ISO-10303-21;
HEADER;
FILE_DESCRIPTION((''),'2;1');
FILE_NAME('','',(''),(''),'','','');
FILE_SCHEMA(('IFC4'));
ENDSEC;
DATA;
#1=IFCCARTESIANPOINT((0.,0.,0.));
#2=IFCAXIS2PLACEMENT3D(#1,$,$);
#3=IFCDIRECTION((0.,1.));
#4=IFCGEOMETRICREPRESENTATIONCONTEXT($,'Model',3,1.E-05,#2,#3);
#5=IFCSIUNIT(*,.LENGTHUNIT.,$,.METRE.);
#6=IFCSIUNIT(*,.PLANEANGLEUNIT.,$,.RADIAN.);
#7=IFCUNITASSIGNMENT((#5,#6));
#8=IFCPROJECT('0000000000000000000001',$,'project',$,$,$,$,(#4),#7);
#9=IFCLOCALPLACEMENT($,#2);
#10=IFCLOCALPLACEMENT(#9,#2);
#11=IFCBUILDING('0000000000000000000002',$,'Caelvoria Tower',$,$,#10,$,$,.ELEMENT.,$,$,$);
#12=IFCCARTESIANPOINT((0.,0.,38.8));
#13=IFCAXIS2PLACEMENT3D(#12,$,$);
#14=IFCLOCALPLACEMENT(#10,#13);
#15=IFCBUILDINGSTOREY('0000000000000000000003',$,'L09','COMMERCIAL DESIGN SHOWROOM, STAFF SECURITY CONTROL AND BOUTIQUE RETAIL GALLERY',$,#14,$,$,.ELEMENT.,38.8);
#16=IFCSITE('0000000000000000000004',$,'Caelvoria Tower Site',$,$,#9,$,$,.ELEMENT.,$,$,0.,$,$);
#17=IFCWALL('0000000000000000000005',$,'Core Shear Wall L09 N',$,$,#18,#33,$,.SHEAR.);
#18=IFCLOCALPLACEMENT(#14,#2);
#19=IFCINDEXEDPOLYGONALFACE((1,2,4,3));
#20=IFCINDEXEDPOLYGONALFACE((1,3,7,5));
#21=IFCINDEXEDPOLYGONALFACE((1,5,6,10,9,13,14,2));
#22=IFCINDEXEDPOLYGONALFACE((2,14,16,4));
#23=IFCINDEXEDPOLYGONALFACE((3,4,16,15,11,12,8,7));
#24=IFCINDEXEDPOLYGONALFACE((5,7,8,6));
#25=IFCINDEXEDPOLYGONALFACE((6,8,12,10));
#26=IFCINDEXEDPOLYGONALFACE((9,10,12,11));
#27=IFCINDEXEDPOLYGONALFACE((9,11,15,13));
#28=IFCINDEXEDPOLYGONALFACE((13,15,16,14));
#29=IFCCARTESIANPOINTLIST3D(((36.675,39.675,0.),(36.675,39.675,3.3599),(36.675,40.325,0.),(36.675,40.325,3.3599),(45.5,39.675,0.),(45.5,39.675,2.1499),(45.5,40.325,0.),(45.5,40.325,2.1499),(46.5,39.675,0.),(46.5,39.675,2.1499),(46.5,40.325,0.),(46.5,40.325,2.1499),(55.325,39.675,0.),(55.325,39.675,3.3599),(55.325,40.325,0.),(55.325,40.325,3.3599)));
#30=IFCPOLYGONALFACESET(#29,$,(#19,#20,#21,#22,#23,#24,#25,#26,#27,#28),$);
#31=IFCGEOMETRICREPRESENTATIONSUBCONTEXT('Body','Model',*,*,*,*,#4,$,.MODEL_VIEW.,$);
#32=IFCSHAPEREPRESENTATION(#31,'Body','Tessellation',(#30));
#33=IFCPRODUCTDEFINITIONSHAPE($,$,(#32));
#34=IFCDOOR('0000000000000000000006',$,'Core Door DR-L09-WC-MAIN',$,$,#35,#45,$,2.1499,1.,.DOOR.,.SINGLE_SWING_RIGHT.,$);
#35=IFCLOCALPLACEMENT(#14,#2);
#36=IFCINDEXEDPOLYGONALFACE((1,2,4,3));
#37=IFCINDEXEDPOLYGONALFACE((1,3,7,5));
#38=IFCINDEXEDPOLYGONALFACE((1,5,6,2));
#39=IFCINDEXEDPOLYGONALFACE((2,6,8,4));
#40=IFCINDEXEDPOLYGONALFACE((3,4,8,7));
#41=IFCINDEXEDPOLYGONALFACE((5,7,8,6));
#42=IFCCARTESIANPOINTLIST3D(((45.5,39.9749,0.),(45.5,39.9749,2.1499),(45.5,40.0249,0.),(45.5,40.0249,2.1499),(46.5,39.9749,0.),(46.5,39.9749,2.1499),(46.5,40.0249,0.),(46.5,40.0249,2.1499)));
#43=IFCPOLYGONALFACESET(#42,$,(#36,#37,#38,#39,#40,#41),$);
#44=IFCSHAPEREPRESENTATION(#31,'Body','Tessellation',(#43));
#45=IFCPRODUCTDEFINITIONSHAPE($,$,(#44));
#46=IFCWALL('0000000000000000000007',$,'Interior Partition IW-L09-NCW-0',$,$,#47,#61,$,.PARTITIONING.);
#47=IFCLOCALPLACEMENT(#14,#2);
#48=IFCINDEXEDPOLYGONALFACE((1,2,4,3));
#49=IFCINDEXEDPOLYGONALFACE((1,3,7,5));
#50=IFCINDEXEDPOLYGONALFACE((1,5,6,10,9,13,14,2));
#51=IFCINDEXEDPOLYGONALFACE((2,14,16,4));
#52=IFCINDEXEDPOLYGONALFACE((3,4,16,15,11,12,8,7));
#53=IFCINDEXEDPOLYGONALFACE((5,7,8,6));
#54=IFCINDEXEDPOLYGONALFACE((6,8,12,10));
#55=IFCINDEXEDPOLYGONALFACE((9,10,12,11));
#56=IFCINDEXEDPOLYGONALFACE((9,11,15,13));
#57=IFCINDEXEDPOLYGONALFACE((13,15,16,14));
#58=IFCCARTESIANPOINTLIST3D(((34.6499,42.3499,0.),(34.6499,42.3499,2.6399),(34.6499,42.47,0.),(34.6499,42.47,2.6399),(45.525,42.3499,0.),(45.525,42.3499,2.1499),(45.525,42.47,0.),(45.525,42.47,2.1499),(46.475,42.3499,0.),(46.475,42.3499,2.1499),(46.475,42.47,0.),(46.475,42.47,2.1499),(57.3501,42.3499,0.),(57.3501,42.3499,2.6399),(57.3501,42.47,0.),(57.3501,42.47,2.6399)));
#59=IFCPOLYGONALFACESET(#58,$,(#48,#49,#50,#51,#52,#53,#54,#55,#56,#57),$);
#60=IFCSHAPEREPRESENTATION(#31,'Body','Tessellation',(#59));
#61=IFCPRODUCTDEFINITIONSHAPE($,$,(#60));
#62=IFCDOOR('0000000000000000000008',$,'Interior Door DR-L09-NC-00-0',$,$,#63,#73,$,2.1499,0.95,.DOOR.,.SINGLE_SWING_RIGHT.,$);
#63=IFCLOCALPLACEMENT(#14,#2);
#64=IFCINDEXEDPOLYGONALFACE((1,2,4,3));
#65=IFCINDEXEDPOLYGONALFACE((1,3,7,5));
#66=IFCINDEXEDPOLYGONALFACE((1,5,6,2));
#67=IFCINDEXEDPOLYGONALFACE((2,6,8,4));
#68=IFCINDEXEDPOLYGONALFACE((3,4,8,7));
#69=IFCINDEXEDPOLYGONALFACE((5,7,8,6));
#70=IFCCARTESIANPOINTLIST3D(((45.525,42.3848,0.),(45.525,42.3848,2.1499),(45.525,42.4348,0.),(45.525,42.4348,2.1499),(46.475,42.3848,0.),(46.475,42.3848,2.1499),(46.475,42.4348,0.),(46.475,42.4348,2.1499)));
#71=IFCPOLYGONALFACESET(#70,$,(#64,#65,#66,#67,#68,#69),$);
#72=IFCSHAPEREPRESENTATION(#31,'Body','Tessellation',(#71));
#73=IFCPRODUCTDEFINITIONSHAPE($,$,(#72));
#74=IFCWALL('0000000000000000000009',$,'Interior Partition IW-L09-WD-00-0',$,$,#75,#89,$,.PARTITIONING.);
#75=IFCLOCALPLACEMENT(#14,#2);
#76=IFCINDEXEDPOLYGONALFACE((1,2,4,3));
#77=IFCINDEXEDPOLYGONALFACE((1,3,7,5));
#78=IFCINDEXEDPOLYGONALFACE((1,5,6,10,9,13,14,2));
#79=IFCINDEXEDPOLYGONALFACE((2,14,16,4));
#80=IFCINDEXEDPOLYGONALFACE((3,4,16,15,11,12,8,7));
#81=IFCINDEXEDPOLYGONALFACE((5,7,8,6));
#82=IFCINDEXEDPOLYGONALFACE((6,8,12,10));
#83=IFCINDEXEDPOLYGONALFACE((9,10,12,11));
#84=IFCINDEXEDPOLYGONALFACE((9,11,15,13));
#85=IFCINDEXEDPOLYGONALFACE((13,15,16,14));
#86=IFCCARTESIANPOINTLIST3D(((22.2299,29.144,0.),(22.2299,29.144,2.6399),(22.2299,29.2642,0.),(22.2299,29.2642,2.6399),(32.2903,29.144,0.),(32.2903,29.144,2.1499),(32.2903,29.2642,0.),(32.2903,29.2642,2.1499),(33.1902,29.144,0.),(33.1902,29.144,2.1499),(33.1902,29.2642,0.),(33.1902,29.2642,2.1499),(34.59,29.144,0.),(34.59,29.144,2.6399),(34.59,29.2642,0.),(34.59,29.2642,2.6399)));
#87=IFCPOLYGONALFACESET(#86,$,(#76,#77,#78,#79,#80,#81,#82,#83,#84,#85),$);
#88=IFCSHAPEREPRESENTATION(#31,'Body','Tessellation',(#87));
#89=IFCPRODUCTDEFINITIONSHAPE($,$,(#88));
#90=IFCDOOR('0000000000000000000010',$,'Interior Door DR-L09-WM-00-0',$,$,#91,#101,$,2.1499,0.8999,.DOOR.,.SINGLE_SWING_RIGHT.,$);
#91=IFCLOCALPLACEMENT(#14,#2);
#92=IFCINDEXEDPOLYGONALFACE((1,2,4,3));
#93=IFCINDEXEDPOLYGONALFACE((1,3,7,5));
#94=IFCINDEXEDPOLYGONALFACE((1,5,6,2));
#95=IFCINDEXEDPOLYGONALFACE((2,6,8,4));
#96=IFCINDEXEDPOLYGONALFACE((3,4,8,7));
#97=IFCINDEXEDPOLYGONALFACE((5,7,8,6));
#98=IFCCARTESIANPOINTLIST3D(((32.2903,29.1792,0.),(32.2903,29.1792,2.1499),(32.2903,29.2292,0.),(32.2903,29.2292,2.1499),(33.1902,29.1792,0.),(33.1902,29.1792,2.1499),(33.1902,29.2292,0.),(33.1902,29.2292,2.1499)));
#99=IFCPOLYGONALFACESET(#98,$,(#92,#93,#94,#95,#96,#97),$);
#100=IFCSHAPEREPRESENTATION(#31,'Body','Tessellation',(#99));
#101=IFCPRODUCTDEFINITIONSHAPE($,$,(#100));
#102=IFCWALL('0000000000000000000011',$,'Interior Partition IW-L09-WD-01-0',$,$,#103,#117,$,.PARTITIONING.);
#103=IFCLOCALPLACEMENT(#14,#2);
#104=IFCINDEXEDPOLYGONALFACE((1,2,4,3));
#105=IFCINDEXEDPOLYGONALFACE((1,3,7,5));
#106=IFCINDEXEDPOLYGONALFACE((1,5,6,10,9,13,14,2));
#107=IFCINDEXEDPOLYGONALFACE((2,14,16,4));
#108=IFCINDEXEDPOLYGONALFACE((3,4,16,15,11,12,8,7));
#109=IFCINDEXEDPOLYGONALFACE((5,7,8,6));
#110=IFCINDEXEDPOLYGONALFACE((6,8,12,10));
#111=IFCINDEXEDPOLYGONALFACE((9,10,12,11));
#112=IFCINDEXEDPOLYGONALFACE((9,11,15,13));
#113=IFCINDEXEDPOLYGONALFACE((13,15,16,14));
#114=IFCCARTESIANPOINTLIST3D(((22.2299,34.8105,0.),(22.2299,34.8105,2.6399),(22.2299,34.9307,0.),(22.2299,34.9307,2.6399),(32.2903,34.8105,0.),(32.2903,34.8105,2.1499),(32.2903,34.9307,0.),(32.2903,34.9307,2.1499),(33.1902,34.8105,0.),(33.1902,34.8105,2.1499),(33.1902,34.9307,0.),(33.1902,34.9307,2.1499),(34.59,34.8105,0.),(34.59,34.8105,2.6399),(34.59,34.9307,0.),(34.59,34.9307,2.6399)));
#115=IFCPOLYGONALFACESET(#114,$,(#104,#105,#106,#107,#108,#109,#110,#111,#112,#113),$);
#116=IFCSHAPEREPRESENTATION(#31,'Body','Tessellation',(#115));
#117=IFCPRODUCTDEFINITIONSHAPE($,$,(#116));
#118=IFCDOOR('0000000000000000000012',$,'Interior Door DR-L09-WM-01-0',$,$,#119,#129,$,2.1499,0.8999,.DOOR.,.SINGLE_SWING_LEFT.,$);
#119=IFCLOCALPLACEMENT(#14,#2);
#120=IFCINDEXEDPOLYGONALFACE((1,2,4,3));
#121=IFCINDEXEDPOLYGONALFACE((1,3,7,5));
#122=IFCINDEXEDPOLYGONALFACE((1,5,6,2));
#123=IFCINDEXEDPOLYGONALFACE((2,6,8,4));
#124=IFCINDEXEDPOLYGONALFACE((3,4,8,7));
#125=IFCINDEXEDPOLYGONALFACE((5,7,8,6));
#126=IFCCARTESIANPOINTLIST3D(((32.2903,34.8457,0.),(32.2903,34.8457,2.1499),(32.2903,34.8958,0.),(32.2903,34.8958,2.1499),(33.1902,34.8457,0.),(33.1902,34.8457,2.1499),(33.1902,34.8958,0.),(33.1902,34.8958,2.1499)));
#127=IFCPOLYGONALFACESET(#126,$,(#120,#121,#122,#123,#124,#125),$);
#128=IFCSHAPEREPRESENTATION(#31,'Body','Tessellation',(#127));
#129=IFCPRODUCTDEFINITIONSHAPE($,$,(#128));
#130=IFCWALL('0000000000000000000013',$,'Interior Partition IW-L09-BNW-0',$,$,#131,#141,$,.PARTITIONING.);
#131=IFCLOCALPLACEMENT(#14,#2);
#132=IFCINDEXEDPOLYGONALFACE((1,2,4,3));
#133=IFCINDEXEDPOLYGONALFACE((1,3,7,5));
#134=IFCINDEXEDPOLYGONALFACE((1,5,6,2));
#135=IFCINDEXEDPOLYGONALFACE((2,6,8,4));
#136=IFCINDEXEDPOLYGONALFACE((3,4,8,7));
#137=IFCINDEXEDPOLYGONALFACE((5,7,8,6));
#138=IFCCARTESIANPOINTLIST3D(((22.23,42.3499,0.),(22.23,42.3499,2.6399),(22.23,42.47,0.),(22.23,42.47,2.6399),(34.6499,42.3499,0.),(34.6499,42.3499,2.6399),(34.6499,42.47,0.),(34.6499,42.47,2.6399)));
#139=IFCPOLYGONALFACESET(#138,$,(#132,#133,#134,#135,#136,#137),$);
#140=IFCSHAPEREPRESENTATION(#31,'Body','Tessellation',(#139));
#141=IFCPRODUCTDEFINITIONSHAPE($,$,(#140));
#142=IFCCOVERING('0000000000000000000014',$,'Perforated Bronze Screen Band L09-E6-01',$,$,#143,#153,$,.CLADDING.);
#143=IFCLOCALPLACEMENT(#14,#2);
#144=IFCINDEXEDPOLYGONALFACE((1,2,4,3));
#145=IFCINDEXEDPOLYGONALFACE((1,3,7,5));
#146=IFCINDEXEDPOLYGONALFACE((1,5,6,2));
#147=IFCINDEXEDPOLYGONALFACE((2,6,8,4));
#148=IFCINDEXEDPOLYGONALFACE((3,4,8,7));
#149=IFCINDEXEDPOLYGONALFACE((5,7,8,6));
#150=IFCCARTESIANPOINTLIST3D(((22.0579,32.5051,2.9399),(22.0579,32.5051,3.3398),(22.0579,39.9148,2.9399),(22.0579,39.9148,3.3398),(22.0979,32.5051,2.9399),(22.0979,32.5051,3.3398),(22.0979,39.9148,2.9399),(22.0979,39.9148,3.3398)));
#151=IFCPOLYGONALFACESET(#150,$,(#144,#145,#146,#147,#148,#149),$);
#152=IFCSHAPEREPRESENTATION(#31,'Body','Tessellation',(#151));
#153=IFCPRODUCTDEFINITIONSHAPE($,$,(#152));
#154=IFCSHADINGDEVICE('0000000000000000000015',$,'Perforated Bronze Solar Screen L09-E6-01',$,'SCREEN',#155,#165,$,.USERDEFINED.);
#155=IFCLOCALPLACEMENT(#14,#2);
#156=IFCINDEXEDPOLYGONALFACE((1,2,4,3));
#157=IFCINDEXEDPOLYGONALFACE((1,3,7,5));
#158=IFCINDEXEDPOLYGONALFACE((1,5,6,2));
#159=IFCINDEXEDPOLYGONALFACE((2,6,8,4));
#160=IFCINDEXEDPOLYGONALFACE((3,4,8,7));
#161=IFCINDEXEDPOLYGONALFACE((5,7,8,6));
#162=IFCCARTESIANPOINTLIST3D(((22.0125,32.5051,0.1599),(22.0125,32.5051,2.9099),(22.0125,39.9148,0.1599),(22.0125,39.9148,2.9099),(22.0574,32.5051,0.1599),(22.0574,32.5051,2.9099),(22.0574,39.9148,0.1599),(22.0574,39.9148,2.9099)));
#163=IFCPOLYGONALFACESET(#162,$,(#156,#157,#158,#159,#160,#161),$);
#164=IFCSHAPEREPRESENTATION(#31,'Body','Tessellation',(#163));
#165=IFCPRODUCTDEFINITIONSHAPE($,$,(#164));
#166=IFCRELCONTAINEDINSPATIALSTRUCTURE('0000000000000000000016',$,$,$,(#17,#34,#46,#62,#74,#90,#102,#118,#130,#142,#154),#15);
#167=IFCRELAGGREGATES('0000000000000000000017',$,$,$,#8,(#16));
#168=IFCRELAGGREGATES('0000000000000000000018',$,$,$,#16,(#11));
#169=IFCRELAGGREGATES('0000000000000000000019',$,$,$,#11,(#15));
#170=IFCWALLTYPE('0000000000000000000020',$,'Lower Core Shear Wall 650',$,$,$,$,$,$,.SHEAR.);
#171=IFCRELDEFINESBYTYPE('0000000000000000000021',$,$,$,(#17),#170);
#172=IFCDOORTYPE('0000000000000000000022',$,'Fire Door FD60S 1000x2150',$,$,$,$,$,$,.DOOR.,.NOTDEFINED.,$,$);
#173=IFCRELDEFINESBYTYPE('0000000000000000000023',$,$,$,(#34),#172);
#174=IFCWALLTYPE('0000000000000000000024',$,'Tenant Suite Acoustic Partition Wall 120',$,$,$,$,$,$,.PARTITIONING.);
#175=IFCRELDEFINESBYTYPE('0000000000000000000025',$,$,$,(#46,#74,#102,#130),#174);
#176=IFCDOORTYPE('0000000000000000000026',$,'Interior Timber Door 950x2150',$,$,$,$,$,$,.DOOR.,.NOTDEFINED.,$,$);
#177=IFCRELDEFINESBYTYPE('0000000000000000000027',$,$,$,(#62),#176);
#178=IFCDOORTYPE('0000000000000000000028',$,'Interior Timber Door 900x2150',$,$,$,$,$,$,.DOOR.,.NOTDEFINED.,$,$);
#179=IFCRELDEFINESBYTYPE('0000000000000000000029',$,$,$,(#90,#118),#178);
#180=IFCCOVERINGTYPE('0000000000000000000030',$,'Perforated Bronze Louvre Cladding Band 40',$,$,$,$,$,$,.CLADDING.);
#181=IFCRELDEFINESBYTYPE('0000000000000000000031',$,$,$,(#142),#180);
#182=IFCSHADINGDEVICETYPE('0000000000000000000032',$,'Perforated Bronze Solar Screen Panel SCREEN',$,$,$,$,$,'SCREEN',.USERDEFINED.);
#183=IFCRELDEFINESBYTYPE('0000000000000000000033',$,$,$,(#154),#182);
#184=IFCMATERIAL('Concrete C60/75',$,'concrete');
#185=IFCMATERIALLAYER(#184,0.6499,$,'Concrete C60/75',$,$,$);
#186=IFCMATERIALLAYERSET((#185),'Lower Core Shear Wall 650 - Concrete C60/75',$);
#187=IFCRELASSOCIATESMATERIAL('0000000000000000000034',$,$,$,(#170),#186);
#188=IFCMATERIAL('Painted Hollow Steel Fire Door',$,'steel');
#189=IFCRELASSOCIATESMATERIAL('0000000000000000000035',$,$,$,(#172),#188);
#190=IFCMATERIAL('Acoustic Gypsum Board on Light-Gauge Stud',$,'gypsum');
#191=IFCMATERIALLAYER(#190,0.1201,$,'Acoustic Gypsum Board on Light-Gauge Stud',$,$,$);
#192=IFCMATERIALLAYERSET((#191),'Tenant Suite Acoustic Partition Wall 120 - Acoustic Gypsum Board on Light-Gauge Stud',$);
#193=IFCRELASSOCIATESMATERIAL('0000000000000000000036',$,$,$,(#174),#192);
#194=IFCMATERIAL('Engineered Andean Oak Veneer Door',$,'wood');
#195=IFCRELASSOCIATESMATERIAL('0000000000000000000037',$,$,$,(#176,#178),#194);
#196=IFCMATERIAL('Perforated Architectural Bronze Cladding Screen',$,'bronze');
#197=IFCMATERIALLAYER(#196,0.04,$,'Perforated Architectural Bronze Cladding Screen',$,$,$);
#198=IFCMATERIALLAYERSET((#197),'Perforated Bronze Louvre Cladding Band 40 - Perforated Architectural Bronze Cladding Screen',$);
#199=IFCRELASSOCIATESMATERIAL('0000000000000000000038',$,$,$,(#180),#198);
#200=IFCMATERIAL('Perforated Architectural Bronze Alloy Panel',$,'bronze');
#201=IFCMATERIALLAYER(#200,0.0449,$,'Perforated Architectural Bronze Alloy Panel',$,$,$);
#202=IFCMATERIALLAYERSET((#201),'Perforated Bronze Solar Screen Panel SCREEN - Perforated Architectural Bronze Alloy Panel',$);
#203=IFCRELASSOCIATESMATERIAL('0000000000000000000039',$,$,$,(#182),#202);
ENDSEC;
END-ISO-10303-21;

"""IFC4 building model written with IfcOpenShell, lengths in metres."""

from ifc_helpers import new_model, si_unit, direction, frame, frame_2d, origin, origin_2d, place, context, subcontext, project, spatial, rectangle, extrude, material, layer, layer_set, type_object, element, fill, save


model = new_model("IFC4")

# Units and contexts
model_context = context("Model", 3, precision=1e-05, world=origin(), true_north=direction((0.0, 1.0)))
body_context = subcontext(model_context, "Body", "Model", "MODEL_VIEW")
ifc_project = project(units=[si_unit("LENGTHUNIT", "METRE"), si_unit("PLANEANGLEUNIT", "RADIAN")], contexts=[model_context])

# Site, building, storey
site_placement = place(None, origin())
site = spatial("IfcSite", under=ifc_project, at=site_placement, Name="Caelvoria Tower Site", CompositionType="ELEMENT", RefElevation=0.0)
building_placement = place(site_placement, origin())
building = spatial("IfcBuilding", under=site, at=building_placement, Name="Caelvoria Tower", CompositionType="ELEMENT")
storey_placement = place(building_placement, frame((0.0, 0.0, 38.8)))
storey = spatial("IfcBuildingStorey", under=building, at=storey_placement, Name="L09", Description="COMMERCIAL DESIGN SHOWROOM, STAFF SECURITY CONTROL AND BOUTIQUE RETAIL GALLERY", CompositionType="ELEMENT", Elevation=38.8)

# Walls, openings, doors
ifc_material_1 = material(Name="Concrete C60/75", Category="concrete")
ifc_layer_1 = layer(ifc_material_1, 0.6499, Name="Concrete C60/75")
ifc_layer_set_1 = layer_set([ifc_layer_1], Name="Lower Core Shear Wall 650 - Concrete C60/75")
wall_type_1 = type_object("IfcWallType", Name="Lower Core Shear Wall 650", PredefinedType="SHEAR", material=ifc_layer_set_1)
wall_1_placement = place(storey_placement, frame((36.675, 40.0, 0.0), z_axis=(0.0, 0.0, 1.0), x_axis=(1.0, 0.0, 0.0)))
wall_1 = element("IfcWall", 1, at=wall_1_placement, inside=storey, type_object=wall_type_1, Name="Core Shear Wall L09 N", PredefinedType="SHEAR", context=body_context, shape_type="SweptSolid", body=[
    extrude(rectangle(XDim=18.6499, YDim=0.6499, at=frame_2d((9.325, 0.0))), origin(), (0.0, 0.0, 1.0), 3.3599),
])
opening_1_placement = place(wall_1_placement, frame((8.825, 0.0, 0.0)))
opening_1 = element("IfcOpeningElement", 2, at=opening_1_placement, cuts=wall_1, PredefinedType="OPENING", context=body_context, shape_type="SweptSolid", body=[
    extrude(rectangle(XDim=1.0, YDim=2.1499, at=frame_2d((0.5, 1.075))), frame((0.0, 0.335, 0.0), z_axis=(0.0, -1.0, 0.0), x_axis=(1.0, 0.0, 0.0)), (0.0, 0.0, 1.0), 0.6699),
])
ifc_material_2 = material(Name="Painted Hollow Steel Fire Door", Category="steel")
door_type_1 = type_object("IfcDoorType", Name="Fire Door FD60S 1000x2150", OperationType="NOTDEFINED", PredefinedType="DOOR", material=ifc_material_2)
door_1_placement = place(opening_1_placement, origin())
door_1 = element("IfcDoor", 3, at=door_1_placement, inside=storey, type_object=door_type_1, Name="Core Door DR-L09-WC-MAIN", OperationType="SINGLE_SWING_RIGHT", OverallHeight=2.1499, OverallWidth=1.0, PredefinedType="DOOR", context=body_context, shape_type="SweptSolid", body=[
    extrude(rectangle(XDim=1.0, YDim=2.1499, at=frame_2d((0.5, 1.075))), frame((0.0, 0.0249, 0.0), z_axis=(0.0, -1.0, 0.0), x_axis=(1.0, 0.0, 0.0)), (0.0, 0.0, 1.0), 0.05),
])
fill(opening_1, door_1)
ifc_material_3 = material(Name="Acoustic Gypsum Board on Light-Gauge Stud", Category="gypsum")
ifc_layer_2 = layer(ifc_material_3, 0.1201, Name="Acoustic Gypsum Board on Light-Gauge Stud")
ifc_layer_set_2 = layer_set([ifc_layer_2], Name="Tenant Suite Acoustic Partition Wall 120 - Acoustic Gypsum Board on Light-Gauge Stud")
wall_type_2 = type_object("IfcWallType", Name="Tenant Suite Acoustic Partition Wall 120", PredefinedType="PARTITIONING", material=ifc_layer_set_2)
wall_2_placement = place(storey_placement, frame((34.6499, 42.4099, 0.0), z_axis=(0.0, 0.0, 1.0), x_axis=(1.0, 0.0, 0.0)))
wall_2 = element("IfcWall", 4, at=wall_2_placement, inside=storey, type_object=wall_type_2, Name="Interior Partition IW-L09-NCW-0", PredefinedType="PARTITIONING", context=body_context, shape_type="SweptSolid", body=[
    extrude(rectangle(XDim=22.7002, YDim=0.1201, at=frame_2d((11.3501, 0.0))), origin(), (0.0, 0.0, 1.0), 2.6399),
])
opening_2_placement = place(wall_2_placement, frame((10.875, 0.0, 0.0)))
opening_2 = element("IfcOpeningElement", 5, at=opening_2_placement, cuts=wall_2, PredefinedType="OPENING", context=body_context, shape_type="SweptSolid", body=[
    extrude(rectangle(XDim=0.95, YDim=2.1499, at=frame_2d((0.4751, 1.075))), frame((0.0, 0.0701, 0.0), z_axis=(0.0, -1.0, 0.0), x_axis=(1.0, 0.0, 0.0)), (0.0, 0.0, 1.0), 0.1401),
])
ifc_material_4 = material(Name="Engineered Andean Oak Veneer Door", Category="wood")
door_type_2 = type_object("IfcDoorType", Name="Interior Timber Door 950x2150", OperationType="NOTDEFINED", PredefinedType="DOOR", material=ifc_material_4)
door_2_placement = place(opening_2_placement, origin())
door_2 = element("IfcDoor", 6, at=door_2_placement, inside=storey, type_object=door_type_2, Name="Interior Door DR-L09-NC-00-0", OperationType="SINGLE_SWING_RIGHT", OverallHeight=2.1499, OverallWidth=0.95, PredefinedType="DOOR", context=body_context, shape_type="SweptSolid", body=[
    extrude(rectangle(XDim=0.95, YDim=2.1499, at=frame_2d((0.4751, 1.075))), frame((0.0, 0.0249, 0.0), z_axis=(0.0, -1.0, 0.0), x_axis=(1.0, 0.0, 0.0)), (0.0, 0.0, 1.0), 0.05),
])
fill(opening_2, door_2)
wall_3_placement = place(storey_placement, frame((34.5901, 29.2041, 0.0), z_axis=(0.0, 0.0, 1.0), x_axis=(-1.0, 0.0, 0.0)))
wall_3 = element("IfcWall", 7, at=wall_3_placement, inside=storey, type_object=wall_type_2, Name="Interior Partition IW-L09-WD-00-0", PredefinedType="PARTITIONING", context=body_context, shape_type="SweptSolid", body=[
    extrude(rectangle(XDim=12.3601, YDim=0.1201, at=frame_2d((6.1802, 0.0))), origin(), (0.0, 0.0, 1.0), 2.6399),
])
opening_3_placement = place(wall_3_placement, frame((1.3999, 0.0, 0.0)))
opening_3 = element("IfcOpeningElement", 8, at=opening_3_placement, cuts=wall_3, PredefinedType="OPENING", context=body_context, shape_type="SweptSolid", body=[
    extrude(rectangle(XDim=0.8999, YDim=2.1499, at=frame_2d((0.45, 1.075))), frame((0.0, 0.0701, 0.0), z_axis=(0.0, -1.0, 0.0), x_axis=(1.0, 0.0, 0.0)), (0.0, 0.0, 1.0), 0.1401),
])
door_type_3 = type_object("IfcDoorType", Name="Interior Timber Door 900x2150", OperationType="NOTDEFINED", PredefinedType="DOOR", material=ifc_material_4)
door_3_placement = place(opening_3_placement, origin())
door_3 = element("IfcDoor", 9, at=door_3_placement, inside=storey, type_object=door_type_3, Name="Interior Door DR-L09-WM-00-0", OperationType="SINGLE_SWING_RIGHT", OverallHeight=2.1499, OverallWidth=0.8999, PredefinedType="DOOR", context=body_context, shape_type="SweptSolid", body=[
    extrude(rectangle(XDim=0.8999, YDim=2.1499, at=frame_2d((0.45, 1.075))), frame((0.0, 0.0249, 0.0), z_axis=(0.0, -1.0, 0.0), x_axis=(1.0, 0.0, 0.0)), (0.0, 0.0, 1.0), 0.05),
])
fill(opening_3, door_3)
wall_4_placement = place(storey_placement, frame((34.5901, 34.8706, 0.0), z_axis=(0.0, 0.0, 1.0), x_axis=(-1.0, 0.0, 0.0)))
wall_4 = element("IfcWall", 10, at=wall_4_placement, inside=storey, type_object=wall_type_2, Name="Interior Partition IW-L09-WD-01-0", PredefinedType="PARTITIONING", context=body_context, shape_type="SweptSolid", body=[
    extrude(rectangle(XDim=12.3601, YDim=0.1201, at=frame_2d((6.1802, 0.0))), origin(), (0.0, 0.0, 1.0), 2.6399),
])
opening_4_placement = place(wall_4_placement, frame((1.3999, 0.0, 0.0)))
opening_4 = element("IfcOpeningElement", 11, at=opening_4_placement, cuts=wall_4, PredefinedType="OPENING", context=body_context, shape_type="SweptSolid", body=[
    extrude(rectangle(XDim=0.8999, YDim=2.1499, at=frame_2d((0.45, 1.075))), frame((0.0, 0.0701, 0.0), z_axis=(0.0, -1.0, 0.0), x_axis=(1.0, 0.0, 0.0)), (0.0, 0.0, 1.0), 0.1401),
])
door_4_placement = place(opening_4_placement, origin())
door_4 = element("IfcDoor", 12, at=door_4_placement, inside=storey, type_object=door_type_3, Name="Interior Door DR-L09-WM-01-0", OperationType="SINGLE_SWING_LEFT", OverallHeight=2.1499, OverallWidth=0.8999, PredefinedType="DOOR", context=body_context, shape_type="SweptSolid", body=[
    extrude(rectangle(XDim=0.8999, YDim=2.1499, at=frame_2d((0.45, 1.075))), frame((0.0, 0.0249, 0.0), z_axis=(0.0, -1.0, 0.0), x_axis=(1.0, 0.0, 0.0)), (0.0, 0.0, 1.0), 0.05),
])
fill(opening_4, door_4)

# Wall
wall_5_placement = place(storey_placement, frame((34.6499, 42.4099, 0.0), z_axis=(0.0, 0.0, 1.0), x_axis=(-1.0, 0.0, 0.0)))
element("IfcWall", 13, at=wall_5_placement, inside=storey, type_object=wall_type_2, Name="Interior Partition IW-L09-BNW-0", PredefinedType="PARTITIONING", context=body_context, shape_type="SweptSolid", body=[
    extrude(rectangle(XDim=12.4199, YDim=0.1201, at=frame_2d((6.21, 0.0))), origin(), (0.0, 0.0, 1.0), 2.6399),
])

# Covering
ifc_material_5 = material(Name="Perforated Architectural Bronze Cladding Screen", Category="bronze")
ifc_layer_3 = layer(ifc_material_5, 0.04, Name="Perforated Architectural Bronze Cladding Screen")
ifc_layer_set_3 = layer_set([ifc_layer_3], Name="Perforated Bronze Louvre Cladding Band 40 - Perforated Architectural Bronze Cladding Screen")
covering_type = type_object("IfcCoveringType", Name="Perforated Bronze Louvre Cladding Band 40", PredefinedType="CLADDING", material=ifc_layer_set_3)
covering_placement = place(storey_placement, frame((22.0779, 36.21, 2.9399), z_axis=(0.0, 0.0, 1.0), x_axis=(0.0, -1.0, 0.0)))
element("IfcCovering", 14, at=covering_placement, inside=storey, type_object=covering_type, Name="Perforated Bronze Screen Band L09-E6-01", PredefinedType="CLADDING", context=body_context, shape_type="SweptSolid", body=[
    extrude(rectangle(XDim=7.4097, YDim=0.04, at=origin_2d()), origin(), (0.0, 0.0, 1.0), 0.3999),
])

# Shading device
ifc_material_6 = material(Name="Perforated Architectural Bronze Alloy Panel", Category="bronze")
ifc_layer_4 = layer(ifc_material_6, 0.0449, Name="Perforated Architectural Bronze Alloy Panel")
ifc_layer_set_4 = layer_set([ifc_layer_4], Name="Perforated Bronze Solar Screen Panel SCREEN - Perforated Architectural Bronze Alloy Panel")
shading_device_type = type_object("IfcShadingDeviceType", Name="Perforated Bronze Solar Screen Panel SCREEN", ElementType="SCREEN", PredefinedType="USERDEFINED", material=ifc_layer_set_4)
shading_device_placement = place(storey_placement, frame((22.0349, 36.21, 0.1599), z_axis=(0.0, 0.0, 1.0), x_axis=(0.0, -1.0, 0.0)))
element("IfcShadingDevice", 15, at=shading_device_placement, inside=storey, type_object=shading_device_type, Name="Perforated Bronze Solar Screen L09-E6-01", ObjectType="SCREEN", PredefinedType="USERDEFINED", context=body_context, shape_type="SweptSolid", body=[
    extrude(rectangle(XDim=7.4097, YDim=0.0449, at=origin_2d()), origin(), (0.0, 0.0, 1.0), 2.75),
])

save(model, "model.ifc")
